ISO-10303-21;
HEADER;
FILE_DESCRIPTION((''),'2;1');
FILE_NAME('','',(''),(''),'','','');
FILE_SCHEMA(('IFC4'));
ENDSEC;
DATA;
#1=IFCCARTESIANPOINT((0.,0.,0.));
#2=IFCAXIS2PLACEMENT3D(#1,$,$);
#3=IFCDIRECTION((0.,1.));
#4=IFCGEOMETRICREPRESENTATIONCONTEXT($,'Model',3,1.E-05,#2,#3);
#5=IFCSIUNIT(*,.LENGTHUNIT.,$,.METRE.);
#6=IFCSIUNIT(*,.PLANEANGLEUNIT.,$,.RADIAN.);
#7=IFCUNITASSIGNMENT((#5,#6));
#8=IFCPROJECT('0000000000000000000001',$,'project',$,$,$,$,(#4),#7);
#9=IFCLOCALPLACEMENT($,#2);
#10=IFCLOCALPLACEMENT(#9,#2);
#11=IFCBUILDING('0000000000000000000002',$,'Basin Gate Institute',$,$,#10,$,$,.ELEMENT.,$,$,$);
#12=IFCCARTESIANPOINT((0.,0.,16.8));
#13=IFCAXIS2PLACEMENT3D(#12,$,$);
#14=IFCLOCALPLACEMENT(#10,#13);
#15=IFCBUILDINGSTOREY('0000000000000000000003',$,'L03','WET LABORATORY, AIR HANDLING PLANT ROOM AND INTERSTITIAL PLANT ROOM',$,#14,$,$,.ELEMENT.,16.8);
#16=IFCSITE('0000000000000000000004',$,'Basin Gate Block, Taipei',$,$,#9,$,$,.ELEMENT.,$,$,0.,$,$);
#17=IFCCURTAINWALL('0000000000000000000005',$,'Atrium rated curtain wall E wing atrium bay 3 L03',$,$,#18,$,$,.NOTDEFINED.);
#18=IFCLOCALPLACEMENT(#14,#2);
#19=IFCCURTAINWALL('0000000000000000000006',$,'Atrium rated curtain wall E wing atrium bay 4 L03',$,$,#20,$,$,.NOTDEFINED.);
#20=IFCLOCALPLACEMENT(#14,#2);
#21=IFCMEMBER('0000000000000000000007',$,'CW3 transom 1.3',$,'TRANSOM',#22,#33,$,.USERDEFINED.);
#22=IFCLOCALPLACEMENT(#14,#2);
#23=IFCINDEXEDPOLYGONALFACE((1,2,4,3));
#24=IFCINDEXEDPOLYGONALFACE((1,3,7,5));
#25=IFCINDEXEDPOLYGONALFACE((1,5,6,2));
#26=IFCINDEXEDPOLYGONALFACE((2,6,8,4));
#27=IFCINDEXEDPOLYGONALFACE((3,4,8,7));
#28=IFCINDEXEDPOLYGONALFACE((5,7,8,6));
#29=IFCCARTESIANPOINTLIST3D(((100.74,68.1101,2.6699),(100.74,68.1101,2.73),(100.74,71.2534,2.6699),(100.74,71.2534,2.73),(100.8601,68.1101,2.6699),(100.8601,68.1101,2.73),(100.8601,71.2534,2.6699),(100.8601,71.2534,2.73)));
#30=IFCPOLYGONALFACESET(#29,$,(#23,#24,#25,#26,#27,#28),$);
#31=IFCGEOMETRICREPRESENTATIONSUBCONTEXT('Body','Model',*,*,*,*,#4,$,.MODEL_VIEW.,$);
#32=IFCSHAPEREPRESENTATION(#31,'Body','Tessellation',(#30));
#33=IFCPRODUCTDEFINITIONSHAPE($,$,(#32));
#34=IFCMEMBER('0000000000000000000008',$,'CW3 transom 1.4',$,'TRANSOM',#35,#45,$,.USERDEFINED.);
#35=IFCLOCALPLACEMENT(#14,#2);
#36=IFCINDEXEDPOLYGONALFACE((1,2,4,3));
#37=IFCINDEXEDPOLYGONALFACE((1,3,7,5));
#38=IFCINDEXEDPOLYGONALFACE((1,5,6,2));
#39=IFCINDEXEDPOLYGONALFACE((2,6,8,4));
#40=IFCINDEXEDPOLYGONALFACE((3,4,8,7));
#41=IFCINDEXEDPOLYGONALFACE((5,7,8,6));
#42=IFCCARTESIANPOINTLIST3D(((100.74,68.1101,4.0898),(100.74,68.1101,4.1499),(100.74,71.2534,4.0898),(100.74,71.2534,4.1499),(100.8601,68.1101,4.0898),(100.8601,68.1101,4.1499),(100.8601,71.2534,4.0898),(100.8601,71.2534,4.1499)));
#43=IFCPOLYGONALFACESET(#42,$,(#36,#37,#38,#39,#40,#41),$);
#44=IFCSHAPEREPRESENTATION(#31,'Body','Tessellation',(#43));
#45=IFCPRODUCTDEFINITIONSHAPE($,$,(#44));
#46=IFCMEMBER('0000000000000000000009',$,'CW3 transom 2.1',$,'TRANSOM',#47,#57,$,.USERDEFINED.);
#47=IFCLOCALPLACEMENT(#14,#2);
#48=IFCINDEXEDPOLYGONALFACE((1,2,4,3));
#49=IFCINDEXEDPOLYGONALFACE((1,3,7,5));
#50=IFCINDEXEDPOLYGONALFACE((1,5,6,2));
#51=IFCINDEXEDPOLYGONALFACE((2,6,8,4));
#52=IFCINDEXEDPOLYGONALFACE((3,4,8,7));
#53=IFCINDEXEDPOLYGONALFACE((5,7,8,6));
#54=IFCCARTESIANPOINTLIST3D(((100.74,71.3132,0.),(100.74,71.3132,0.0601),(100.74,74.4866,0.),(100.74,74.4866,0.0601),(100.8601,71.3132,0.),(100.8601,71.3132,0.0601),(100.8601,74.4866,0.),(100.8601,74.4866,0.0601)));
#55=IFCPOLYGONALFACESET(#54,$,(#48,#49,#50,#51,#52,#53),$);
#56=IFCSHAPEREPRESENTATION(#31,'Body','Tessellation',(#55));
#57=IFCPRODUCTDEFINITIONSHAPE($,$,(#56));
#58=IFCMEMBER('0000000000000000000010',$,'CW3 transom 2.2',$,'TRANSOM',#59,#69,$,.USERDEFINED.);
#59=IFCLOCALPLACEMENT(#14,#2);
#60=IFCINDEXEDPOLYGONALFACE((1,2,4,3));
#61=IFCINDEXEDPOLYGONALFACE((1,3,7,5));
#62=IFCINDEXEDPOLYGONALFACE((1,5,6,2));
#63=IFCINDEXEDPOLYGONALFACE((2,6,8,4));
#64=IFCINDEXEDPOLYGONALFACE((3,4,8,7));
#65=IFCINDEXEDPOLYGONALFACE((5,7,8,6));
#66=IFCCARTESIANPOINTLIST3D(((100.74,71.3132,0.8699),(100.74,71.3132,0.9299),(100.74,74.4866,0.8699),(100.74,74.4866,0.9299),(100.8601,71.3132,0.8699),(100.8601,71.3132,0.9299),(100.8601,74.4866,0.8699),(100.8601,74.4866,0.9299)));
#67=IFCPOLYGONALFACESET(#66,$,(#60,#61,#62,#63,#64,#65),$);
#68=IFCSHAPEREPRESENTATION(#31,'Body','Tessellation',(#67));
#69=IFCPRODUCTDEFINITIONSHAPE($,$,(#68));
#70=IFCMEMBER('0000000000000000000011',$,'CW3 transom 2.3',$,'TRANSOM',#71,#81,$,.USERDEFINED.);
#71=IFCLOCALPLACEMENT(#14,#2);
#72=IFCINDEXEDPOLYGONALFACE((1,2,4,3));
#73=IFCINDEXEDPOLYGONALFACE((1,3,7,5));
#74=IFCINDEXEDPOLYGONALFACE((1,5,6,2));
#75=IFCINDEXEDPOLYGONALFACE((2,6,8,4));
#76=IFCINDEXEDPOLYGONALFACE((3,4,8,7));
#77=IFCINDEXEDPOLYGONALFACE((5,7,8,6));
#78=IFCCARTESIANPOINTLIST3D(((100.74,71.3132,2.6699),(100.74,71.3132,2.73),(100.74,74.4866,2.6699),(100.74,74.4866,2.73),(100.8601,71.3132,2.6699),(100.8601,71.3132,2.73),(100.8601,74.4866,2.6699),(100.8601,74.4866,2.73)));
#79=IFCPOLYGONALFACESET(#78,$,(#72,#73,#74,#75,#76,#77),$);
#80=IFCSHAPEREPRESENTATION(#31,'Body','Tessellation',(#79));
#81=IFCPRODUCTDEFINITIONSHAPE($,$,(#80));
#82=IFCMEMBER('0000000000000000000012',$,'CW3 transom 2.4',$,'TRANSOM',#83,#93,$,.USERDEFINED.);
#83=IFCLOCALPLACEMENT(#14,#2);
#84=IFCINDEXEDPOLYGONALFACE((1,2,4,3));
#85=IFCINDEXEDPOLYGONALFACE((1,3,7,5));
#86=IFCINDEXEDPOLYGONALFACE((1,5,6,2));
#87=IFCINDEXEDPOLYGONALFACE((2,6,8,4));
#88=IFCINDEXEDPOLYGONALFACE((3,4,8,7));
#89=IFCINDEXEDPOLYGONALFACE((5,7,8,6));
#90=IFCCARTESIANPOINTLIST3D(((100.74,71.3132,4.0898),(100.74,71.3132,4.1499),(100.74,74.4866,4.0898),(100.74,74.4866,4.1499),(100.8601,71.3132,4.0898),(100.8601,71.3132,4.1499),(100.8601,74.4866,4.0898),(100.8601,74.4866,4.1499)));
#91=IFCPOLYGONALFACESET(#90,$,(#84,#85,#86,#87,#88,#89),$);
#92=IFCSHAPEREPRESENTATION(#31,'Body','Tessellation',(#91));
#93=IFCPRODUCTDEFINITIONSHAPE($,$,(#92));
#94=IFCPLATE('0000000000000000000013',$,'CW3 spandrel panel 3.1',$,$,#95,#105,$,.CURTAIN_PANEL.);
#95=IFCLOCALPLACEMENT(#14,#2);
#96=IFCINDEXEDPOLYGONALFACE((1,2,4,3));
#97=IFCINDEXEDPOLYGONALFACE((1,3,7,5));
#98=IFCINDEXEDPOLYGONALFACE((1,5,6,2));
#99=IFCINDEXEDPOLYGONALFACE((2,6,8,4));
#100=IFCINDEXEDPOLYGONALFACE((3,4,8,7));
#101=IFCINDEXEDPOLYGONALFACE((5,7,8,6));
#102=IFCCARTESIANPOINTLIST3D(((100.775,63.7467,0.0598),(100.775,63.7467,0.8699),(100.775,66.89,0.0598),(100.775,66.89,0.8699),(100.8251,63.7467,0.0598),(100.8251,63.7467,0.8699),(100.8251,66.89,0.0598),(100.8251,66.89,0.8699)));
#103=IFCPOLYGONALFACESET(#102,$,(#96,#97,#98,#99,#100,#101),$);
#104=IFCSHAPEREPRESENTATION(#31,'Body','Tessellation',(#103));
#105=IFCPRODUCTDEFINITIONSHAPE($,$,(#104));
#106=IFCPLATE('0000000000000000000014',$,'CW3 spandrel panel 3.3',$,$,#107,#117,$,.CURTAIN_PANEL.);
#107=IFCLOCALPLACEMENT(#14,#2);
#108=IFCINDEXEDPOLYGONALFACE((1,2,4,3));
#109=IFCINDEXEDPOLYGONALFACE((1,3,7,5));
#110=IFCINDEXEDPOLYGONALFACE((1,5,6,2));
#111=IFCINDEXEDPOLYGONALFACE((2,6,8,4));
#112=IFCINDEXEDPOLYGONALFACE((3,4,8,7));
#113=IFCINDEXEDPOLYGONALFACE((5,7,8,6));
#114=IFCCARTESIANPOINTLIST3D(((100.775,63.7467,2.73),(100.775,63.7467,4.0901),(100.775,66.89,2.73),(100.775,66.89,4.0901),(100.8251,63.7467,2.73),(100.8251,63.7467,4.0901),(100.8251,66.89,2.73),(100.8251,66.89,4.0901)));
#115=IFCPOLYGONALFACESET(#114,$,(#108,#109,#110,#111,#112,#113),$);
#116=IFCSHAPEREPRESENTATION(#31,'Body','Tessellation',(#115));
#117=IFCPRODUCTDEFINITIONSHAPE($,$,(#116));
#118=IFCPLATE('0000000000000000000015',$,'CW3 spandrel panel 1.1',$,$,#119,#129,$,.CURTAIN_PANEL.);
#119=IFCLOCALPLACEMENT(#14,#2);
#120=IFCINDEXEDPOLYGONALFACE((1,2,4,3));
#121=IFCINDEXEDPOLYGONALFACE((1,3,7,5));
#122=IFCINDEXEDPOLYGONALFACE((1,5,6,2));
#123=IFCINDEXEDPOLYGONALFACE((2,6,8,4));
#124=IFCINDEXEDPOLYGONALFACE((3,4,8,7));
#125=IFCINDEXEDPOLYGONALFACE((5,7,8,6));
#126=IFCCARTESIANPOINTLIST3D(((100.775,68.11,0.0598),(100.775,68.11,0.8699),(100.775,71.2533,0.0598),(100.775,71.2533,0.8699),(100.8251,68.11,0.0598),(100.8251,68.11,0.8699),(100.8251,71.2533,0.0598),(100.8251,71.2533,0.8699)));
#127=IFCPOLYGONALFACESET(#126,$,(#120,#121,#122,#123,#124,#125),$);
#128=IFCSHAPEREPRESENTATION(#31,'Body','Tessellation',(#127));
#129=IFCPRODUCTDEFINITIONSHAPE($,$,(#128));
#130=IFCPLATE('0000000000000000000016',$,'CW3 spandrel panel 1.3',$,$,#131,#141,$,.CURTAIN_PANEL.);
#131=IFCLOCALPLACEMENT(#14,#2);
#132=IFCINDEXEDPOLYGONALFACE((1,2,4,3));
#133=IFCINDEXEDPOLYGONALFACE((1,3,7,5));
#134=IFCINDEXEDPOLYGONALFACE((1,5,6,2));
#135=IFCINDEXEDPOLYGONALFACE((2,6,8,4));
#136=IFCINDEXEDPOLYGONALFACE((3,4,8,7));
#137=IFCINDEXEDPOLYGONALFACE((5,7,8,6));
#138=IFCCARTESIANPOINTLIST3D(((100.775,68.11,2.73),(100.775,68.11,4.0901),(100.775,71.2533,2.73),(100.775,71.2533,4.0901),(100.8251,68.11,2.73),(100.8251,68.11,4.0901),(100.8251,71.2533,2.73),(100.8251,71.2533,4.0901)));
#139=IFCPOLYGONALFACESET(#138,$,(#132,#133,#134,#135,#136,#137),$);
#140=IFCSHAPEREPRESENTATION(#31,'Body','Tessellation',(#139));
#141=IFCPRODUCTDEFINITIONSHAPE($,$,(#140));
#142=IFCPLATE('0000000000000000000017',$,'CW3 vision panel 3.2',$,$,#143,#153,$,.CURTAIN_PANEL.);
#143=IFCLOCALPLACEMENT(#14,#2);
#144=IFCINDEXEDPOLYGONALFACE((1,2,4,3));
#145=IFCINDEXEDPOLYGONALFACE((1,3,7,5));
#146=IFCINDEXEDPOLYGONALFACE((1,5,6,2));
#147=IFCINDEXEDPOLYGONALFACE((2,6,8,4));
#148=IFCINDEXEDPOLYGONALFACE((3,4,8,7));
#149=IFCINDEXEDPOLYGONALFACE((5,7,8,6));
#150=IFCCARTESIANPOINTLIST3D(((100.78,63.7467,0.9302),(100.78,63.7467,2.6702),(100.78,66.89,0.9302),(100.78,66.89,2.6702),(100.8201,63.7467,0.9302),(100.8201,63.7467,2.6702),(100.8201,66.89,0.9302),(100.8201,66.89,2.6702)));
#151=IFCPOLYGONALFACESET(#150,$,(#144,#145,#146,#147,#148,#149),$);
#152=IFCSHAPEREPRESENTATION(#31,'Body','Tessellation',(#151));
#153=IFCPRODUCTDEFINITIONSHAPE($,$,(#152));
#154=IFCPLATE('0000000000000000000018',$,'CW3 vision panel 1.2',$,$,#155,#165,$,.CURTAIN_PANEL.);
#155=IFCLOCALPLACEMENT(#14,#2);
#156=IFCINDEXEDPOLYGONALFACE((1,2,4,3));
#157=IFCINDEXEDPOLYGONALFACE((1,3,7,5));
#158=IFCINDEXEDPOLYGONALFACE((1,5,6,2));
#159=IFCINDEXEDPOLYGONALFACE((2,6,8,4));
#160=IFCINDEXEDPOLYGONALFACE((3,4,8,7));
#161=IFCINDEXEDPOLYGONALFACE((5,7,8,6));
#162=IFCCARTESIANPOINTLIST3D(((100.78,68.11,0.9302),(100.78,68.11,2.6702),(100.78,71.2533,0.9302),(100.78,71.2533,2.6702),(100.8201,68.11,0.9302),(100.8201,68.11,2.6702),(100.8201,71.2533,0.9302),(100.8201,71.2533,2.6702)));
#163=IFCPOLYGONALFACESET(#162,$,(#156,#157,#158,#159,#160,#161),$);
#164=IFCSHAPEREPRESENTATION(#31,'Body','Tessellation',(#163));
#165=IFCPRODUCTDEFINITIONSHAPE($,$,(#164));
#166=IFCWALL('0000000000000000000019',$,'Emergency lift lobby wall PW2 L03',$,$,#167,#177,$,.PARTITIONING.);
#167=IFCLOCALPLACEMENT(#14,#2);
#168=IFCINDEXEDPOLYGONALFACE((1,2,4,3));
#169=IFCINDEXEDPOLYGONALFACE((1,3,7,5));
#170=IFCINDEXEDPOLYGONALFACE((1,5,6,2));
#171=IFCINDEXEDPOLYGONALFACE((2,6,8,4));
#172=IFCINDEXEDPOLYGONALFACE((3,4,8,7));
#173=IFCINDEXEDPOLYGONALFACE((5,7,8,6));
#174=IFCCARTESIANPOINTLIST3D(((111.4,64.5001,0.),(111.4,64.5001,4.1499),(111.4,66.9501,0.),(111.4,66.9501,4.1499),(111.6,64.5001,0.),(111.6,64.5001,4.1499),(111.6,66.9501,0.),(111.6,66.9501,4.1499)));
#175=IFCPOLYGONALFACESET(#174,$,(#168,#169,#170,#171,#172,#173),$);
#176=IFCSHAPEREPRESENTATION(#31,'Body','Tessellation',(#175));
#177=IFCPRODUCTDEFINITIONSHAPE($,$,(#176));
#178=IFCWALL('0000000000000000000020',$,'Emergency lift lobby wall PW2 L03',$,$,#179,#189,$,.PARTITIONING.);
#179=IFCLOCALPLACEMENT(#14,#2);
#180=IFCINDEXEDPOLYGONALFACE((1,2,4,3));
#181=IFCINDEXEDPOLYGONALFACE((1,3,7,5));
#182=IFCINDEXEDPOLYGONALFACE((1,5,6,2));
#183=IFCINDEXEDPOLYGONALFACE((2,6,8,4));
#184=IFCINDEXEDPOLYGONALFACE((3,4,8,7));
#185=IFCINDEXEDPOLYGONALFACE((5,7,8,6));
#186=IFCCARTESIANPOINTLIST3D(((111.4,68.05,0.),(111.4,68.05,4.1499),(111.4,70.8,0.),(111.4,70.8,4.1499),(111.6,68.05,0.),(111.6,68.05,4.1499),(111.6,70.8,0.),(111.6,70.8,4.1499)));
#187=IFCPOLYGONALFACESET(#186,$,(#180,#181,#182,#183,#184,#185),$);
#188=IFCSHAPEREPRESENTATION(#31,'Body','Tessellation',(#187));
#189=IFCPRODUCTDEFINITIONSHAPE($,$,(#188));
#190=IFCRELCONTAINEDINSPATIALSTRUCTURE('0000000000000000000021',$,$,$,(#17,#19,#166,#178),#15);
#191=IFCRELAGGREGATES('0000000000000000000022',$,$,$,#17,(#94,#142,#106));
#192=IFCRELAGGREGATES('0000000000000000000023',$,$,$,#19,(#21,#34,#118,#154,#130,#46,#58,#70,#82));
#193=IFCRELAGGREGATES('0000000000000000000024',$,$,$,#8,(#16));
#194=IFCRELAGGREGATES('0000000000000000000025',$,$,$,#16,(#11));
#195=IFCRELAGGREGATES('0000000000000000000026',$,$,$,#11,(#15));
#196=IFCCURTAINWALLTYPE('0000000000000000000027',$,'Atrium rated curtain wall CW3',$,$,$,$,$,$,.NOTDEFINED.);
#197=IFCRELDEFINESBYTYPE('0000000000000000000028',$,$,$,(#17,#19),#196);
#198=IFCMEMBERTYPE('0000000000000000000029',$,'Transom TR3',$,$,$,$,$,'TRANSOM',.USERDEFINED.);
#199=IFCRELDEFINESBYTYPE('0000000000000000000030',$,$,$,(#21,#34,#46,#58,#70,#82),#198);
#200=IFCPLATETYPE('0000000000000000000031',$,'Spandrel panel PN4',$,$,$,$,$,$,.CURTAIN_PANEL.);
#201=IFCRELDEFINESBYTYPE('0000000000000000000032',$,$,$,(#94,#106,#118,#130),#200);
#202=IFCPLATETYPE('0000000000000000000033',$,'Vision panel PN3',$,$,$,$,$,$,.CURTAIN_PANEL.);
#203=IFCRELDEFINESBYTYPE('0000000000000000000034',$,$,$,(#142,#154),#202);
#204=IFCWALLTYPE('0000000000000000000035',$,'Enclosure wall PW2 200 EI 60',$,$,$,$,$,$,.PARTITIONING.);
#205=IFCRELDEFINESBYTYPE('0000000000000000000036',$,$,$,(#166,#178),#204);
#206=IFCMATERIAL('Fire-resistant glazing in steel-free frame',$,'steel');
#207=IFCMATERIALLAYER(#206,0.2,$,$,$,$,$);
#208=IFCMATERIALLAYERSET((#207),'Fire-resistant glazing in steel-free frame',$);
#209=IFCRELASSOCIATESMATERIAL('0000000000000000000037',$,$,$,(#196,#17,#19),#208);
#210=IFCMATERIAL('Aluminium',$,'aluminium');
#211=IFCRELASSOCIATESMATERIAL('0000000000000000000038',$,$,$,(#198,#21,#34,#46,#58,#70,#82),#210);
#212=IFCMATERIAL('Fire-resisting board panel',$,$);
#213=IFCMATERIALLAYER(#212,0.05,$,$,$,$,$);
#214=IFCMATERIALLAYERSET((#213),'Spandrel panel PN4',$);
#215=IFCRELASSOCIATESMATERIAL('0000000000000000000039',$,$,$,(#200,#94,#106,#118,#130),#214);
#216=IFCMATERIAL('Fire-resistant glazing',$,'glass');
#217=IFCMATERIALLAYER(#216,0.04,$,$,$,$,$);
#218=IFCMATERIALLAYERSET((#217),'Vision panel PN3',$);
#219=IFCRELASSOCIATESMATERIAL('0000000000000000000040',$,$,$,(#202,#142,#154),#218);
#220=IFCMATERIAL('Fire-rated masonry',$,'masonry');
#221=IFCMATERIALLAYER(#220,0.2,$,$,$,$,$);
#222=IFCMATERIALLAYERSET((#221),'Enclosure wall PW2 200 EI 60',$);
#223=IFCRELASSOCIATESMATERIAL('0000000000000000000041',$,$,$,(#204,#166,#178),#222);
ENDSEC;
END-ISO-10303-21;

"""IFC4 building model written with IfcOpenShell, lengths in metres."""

from ifc_helpers import new_model, si_unit, direction, frame, frame_2d, origin, origin_2d, place, context, subcontext, project, spatial, rectangle, extrude, material, layer, layer_set, material_profile, profile_set, type_object, element, aggregate, save


model = new_model("IFC4")

# Units and contexts
model_context = context("Model", 3, precision=1e-05, world=origin(), true_north=direction((0.0, 1.0)))
body_context = subcontext(model_context, "Body", "Model", "MODEL_VIEW")
ifc_project = project(units=[si_unit("LENGTHUNIT", "METRE"), si_unit("PLANEANGLEUNIT", "RADIAN")], contexts=[model_context])

# Site, building, storey
site_placement = place(None, origin())
site = spatial("IfcSite", under=ifc_project, at=site_placement, Name="Basin Gate Block, Taipei", CompositionType="ELEMENT", RefElevation=0.0)
building_placement = place(site_placement, origin())
building = spatial("IfcBuilding", under=site, at=building_placement, Name="Basin Gate Institute", CompositionType="ELEMENT")
storey_placement = place(building_placement, frame((0.0, 0.0, 16.8)))
storey = spatial("IfcBuildingStorey", under=building, at=storey_placement, Name="L03", Description="WET LABORATORY, AIR HANDLING PLANT ROOM AND INTERSTITIAL PLANT ROOM", CompositionType="ELEMENT", Elevation=16.8)

# Curtain wall
ifc_material_1 = material(Name="Fire-resistant glazing in steel-free frame", Category="steel")
ifc_layer_1 = layer(ifc_material_1, 0.2)
ifc_layer_set_1 = layer_set([ifc_layer_1], Name="Fire-resistant glazing in steel-free frame")
curtain_wall_type = type_object("IfcCurtainWallType", Name="Atrium rated curtain wall CW3", PredefinedType="NOTDEFINED", material=ifc_layer_set_1)
curtain_wall_1_placement = place(storey_placement, origin())
curtain_wall_1 = element("IfcCurtainWall", 1, at=curtain_wall_1_placement, inside=storey, type_object=curtain_wall_type, material=ifc_layer_set_1, Name="Atrium rated curtain wall E wing atrium bay 3 L03", PredefinedType="NOTDEFINED")

# Curtain wall
curtain_wall_2_placement = place(storey_placement, origin())
curtain_wall_2 = element("IfcCurtainWall", 2, at=curtain_wall_2_placement, inside=storey, type_object=curtain_wall_type, material=ifc_layer_set_1, Name="Atrium rated curtain wall E wing atrium bay 4 L03", PredefinedType="NOTDEFINED")

# Members
ifc_material_2 = material(Name="Aluminium", Category="aluminium")
ifc_material_profile_1 = material_profile(ifc_material_2, rectangle(XDim=0.1201, YDim=0.0601, at=origin_2d()), Name="Transom TR3 120 x 60")
ifc_profile_set_1 = profile_set([ifc_material_profile_1], Name="Aluminium")
member_type_1 = type_object("IfcMemberType", Name="Transom TR3", ElementType="TRANSOM", PredefinedType="USERDEFINED", material=ifc_profile_set_1)
member_1_placement = place(storey_placement, frame((100.8, 68.1101, 2.7), z_axis=(0.0, 1.0, 0.0), x_axis=(-1.0, 0.0, 0.0)))
member_1 = element("IfcMember", 3, at=member_1_placement, type_object=member_type_1, material=ifc_profile_set_1, Name="CW3 transom 1.3", ObjectType="TRANSOM", PredefinedType="USERDEFINED", context=body_context, shape_type="SweptSolid", body=[
    extrude(rectangle(XDim=0.1201, YDim=0.0601, at=origin_2d()), origin(), (0.0, 0.0, 1.0), 3.1433),
])
member_2_placement = place(storey_placement, frame((100.8, 68.1101, 4.1199), z_axis=(0.0, 1.0, 0.0), x_axis=(-1.0, 0.0, 0.0)))
member_2 = element("IfcMember", 4, at=member_2_placement, type_object=member_type_1, material=ifc_profile_set_1, Name="CW3 transom 1.4", ObjectType="TRANSOM", PredefinedType="USERDEFINED", context=body_context, shape_type="SweptSolid", body=[
    extrude(rectangle(XDim=0.1201, YDim=0.0601, at=origin_2d()), origin(), (0.0, 0.0, 1.0), 3.1433),
])
member_3_placement = place(storey_placement, frame((100.8, 71.3132, 0.03), z_axis=(0.0, 1.0, 0.0), x_axis=(-1.0, 0.0, 0.0)))
member_3 = element("IfcMember", 5, at=member_3_placement, type_object=member_type_1, material=ifc_profile_set_1, Name="CW3 transom 2.1", ObjectType="TRANSOM", PredefinedType="USERDEFINED", context=body_context, shape_type="SweptSolid", body=[
    extrude(rectangle(XDim=0.1201, YDim=0.0601, at=origin_2d()), origin(), (0.0, 0.0, 1.0), 3.1733),
])
member_4_placement = place(storey_placement, frame((100.8, 71.3132, 0.8999), z_axis=(0.0, 1.0, 0.0), x_axis=(-1.0, 0.0, 0.0)))
member_4 = element("IfcMember", 6, at=member_4_placement, type_object=member_type_1, material=ifc_profile_set_1, Name="CW3 transom 2.2", ObjectType="TRANSOM", PredefinedType="USERDEFINED", context=body_context, shape_type="SweptSolid", body=[
    extrude(rectangle(XDim=0.1201, YDim=0.0601, at=origin_2d()), origin(), (0.0, 0.0, 1.0), 3.1733),
])
member_5_placement = place(storey_placement, frame((100.8, 71.3132, 2.7), z_axis=(0.0, 1.0, 0.0), x_axis=(-1.0, 0.0, 0.0)))
member_5 = element("IfcMember", 7, at=member_5_placement, type_object=member_type_1, material=ifc_profile_set_1, Name="CW3 transom 2.3", ObjectType="TRANSOM", PredefinedType="USERDEFINED", context=body_context, shape_type="SweptSolid", body=[
    extrude(rectangle(XDim=0.1201, YDim=0.0601, at=origin_2d()), origin(), (0.0, 0.0, 1.0), 3.1733),
])
member_6_placement = place(storey_placement, frame((100.8, 71.3132, 4.1199), z_axis=(0.0, 1.0, 0.0), x_axis=(-1.0, 0.0, 0.0)))
member_6 = element("IfcMember", 8, at=member_6_placement, type_object=member_type_1, material=ifc_profile_set_1, Name="CW3 transom 2.4", ObjectType="TRANSOM", PredefinedType="USERDEFINED", context=body_context, shape_type="SweptSolid", body=[
    extrude(rectangle(XDim=0.1201, YDim=0.0601, at=origin_2d()), origin(), (0.0, 0.0, 1.0), 3.1733),
])

# Plates
ifc_material_3 = material(Name="Fire-resisting board panel")
ifc_layer_2 = layer(ifc_material_3, 0.05)
ifc_layer_set_2 = layer_set([ifc_layer_2], Name="Spandrel panel PN4")
plate_type_1 = type_object("IfcPlateType", Name="Spandrel panel PN4", PredefinedType="CURTAIN_PANEL", material=ifc_layer_set_2)
plate_1_placement = place(storey_placement, frame((100.8, 65.3184, 0.0598), z_axis=(0.0, 0.0, 1.0), x_axis=(0.0, 1.0, 0.0)))
plate_1 = element("IfcPlate", 9, at=plate_1_placement, type_object=plate_type_1, material=ifc_layer_set_2, Name="CW3 spandrel panel 3.1", PredefinedType="CURTAIN_PANEL", context=body_context, shape_type="SweptSolid", body=[
    extrude(rectangle(XDim=3.1433, YDim=0.05, at=origin_2d()), origin(), (0.0, 0.0, 1.0), 0.8101),
])
plate_2_placement = place(storey_placement, frame((100.8, 65.3184, 2.73), z_axis=(0.0, 0.0, 1.0), x_axis=(0.0, 1.0, 0.0)))
plate_2 = element("IfcPlate", 10, at=plate_2_placement, type_object=plate_type_1, material=ifc_layer_set_2, Name="CW3 spandrel panel 3.3", PredefinedType="CURTAIN_PANEL", context=body_context, shape_type="SweptSolid", body=[
    extrude(rectangle(XDim=3.1433, YDim=0.05, at=origin_2d()), origin(), (0.0, 0.0, 1.0), 1.3601),
])
plate_3_placement = place(storey_placement, frame((100.8, 69.6816, 0.0598), z_axis=(0.0, 0.0, 1.0), x_axis=(0.0, 1.0, 0.0)))
plate_3 = element("IfcPlate", 11, at=plate_3_placement, type_object=plate_type_1, material=ifc_layer_set_2, Name="CW3 spandrel panel 1.1", PredefinedType="CURTAIN_PANEL", context=body_context, shape_type="SweptSolid", body=[
    extrude(rectangle(XDim=3.1433, YDim=0.05, at=origin_2d()), origin(), (0.0, 0.0, 1.0), 0.8101),
])
plate_4_placement = place(storey_placement, frame((100.8, 69.6816, 2.73), z_axis=(0.0, 0.0, 1.0), x_axis=(0.0, 1.0, 0.0)))
plate_4 = element("IfcPlate", 12, at=plate_4_placement, type_object=plate_type_1, material=ifc_layer_set_2, Name="CW3 spandrel panel 1.3", PredefinedType="CURTAIN_PANEL", context=body_context, shape_type="SweptSolid", body=[
    extrude(rectangle(XDim=3.1433, YDim=0.05, at=origin_2d()), origin(), (0.0, 0.0, 1.0), 1.3601),
])
ifc_material_4 = material(Name="Fire-resistant glazing", Category="glass")
ifc_layer_3 = layer(ifc_material_4, 0.04)
ifc_layer_set_3 = layer_set([ifc_layer_3], Name="Vision panel PN3")
plate_type_2 = type_object("IfcPlateType", Name="Vision panel PN3", PredefinedType="CURTAIN_PANEL", material=ifc_layer_set_3)
plate_5_placement = place(storey_placement, frame((100.8, 65.3184, 0.9302), z_axis=(0.0, 0.0, 1.0), x_axis=(0.0, 1.0, 0.0)))
plate_5 = element("IfcPlate", 13, at=plate_5_placement, type_object=plate_type_2, material=ifc_layer_set_3, Name="CW3 vision panel 3.2", PredefinedType="CURTAIN_PANEL", context=body_context, shape_type="SweptSolid", body=[
    extrude(rectangle(XDim=3.1433, YDim=0.04, at=origin_2d()), origin(), (0.0, 0.0, 1.0), 1.74),
])
aggregate(curtain_wall_1, [plate_1, plate_5, plate_2])
plate_6_placement = place(storey_placement, frame((100.8, 69.6816, 0.9302), z_axis=(0.0, 0.0, 1.0), x_axis=(0.0, 1.0, 0.0)))
plate_6 = element("IfcPlate", 14, at=plate_6_placement, type_object=plate_type_2, material=ifc_layer_set_3, Name="CW3 vision panel 1.2", PredefinedType="CURTAIN_PANEL", context=body_context, shape_type="SweptSolid", body=[
    extrude(rectangle(XDim=3.1433, YDim=0.04, at=origin_2d()), origin(), (0.0, 0.0, 1.0), 1.74),
])
aggregate(curtain_wall_2, [member_1, member_2, plate_3, plate_6, plate_4, member_3, member_4, member_5, member_6])

# Walls
ifc_material_5 = material(Name="Fire-rated masonry", Category="masonry")
ifc_layer_4 = layer(ifc_material_5, 0.2)
ifc_layer_set_4 = layer_set([ifc_layer_4], Name="Enclosure wall PW2 200 EI 60")
wall_type = type_object("IfcWallType", Name="Enclosure wall PW2 200 EI 60", PredefinedType="PARTITIONING", material=ifc_layer_set_4)
wall_1_placement = place(storey_placement, frame((111.5, 64.5, 0.0), z_axis=(0.0, 0.0, 1.0), x_axis=(0.0, 1.0, 0.0)))
element("IfcWall", 15, at=wall_1_placement, inside=storey, type_object=wall_type, material=ifc_layer_set_4, Name="Emergency lift lobby wall PW2 L03", PredefinedType="PARTITIONING", context=body_context, shape_type="SweptSolid", body=[
    extrude(rectangle(XDim=2.45, YDim=0.2, at=frame_2d((1.2251, 0.0))), origin(), (0.0, 0.0, 1.0), 4.1499),
])
wall_2_placement = place(storey_placement, frame((111.5, 68.05, 0.0), z_axis=(0.0, 0.0, 1.0), x_axis=(0.0, 1.0, 0.0)))
element("IfcWall", 16, at=wall_2_placement, inside=storey, type_object=wall_type, material=ifc_layer_set_4, Name="Emergency lift lobby wall PW2 L03", PredefinedType="PARTITIONING", context=body_context, shape_type="SweptSolid", body=[
    extrude(rectangle(XDim=2.75, YDim=0.2, at=frame_2d((1.375, 0.0))), origin(), (0.0, 0.0, 1.0), 4.1499),
])

save(model, "model.ifc")
